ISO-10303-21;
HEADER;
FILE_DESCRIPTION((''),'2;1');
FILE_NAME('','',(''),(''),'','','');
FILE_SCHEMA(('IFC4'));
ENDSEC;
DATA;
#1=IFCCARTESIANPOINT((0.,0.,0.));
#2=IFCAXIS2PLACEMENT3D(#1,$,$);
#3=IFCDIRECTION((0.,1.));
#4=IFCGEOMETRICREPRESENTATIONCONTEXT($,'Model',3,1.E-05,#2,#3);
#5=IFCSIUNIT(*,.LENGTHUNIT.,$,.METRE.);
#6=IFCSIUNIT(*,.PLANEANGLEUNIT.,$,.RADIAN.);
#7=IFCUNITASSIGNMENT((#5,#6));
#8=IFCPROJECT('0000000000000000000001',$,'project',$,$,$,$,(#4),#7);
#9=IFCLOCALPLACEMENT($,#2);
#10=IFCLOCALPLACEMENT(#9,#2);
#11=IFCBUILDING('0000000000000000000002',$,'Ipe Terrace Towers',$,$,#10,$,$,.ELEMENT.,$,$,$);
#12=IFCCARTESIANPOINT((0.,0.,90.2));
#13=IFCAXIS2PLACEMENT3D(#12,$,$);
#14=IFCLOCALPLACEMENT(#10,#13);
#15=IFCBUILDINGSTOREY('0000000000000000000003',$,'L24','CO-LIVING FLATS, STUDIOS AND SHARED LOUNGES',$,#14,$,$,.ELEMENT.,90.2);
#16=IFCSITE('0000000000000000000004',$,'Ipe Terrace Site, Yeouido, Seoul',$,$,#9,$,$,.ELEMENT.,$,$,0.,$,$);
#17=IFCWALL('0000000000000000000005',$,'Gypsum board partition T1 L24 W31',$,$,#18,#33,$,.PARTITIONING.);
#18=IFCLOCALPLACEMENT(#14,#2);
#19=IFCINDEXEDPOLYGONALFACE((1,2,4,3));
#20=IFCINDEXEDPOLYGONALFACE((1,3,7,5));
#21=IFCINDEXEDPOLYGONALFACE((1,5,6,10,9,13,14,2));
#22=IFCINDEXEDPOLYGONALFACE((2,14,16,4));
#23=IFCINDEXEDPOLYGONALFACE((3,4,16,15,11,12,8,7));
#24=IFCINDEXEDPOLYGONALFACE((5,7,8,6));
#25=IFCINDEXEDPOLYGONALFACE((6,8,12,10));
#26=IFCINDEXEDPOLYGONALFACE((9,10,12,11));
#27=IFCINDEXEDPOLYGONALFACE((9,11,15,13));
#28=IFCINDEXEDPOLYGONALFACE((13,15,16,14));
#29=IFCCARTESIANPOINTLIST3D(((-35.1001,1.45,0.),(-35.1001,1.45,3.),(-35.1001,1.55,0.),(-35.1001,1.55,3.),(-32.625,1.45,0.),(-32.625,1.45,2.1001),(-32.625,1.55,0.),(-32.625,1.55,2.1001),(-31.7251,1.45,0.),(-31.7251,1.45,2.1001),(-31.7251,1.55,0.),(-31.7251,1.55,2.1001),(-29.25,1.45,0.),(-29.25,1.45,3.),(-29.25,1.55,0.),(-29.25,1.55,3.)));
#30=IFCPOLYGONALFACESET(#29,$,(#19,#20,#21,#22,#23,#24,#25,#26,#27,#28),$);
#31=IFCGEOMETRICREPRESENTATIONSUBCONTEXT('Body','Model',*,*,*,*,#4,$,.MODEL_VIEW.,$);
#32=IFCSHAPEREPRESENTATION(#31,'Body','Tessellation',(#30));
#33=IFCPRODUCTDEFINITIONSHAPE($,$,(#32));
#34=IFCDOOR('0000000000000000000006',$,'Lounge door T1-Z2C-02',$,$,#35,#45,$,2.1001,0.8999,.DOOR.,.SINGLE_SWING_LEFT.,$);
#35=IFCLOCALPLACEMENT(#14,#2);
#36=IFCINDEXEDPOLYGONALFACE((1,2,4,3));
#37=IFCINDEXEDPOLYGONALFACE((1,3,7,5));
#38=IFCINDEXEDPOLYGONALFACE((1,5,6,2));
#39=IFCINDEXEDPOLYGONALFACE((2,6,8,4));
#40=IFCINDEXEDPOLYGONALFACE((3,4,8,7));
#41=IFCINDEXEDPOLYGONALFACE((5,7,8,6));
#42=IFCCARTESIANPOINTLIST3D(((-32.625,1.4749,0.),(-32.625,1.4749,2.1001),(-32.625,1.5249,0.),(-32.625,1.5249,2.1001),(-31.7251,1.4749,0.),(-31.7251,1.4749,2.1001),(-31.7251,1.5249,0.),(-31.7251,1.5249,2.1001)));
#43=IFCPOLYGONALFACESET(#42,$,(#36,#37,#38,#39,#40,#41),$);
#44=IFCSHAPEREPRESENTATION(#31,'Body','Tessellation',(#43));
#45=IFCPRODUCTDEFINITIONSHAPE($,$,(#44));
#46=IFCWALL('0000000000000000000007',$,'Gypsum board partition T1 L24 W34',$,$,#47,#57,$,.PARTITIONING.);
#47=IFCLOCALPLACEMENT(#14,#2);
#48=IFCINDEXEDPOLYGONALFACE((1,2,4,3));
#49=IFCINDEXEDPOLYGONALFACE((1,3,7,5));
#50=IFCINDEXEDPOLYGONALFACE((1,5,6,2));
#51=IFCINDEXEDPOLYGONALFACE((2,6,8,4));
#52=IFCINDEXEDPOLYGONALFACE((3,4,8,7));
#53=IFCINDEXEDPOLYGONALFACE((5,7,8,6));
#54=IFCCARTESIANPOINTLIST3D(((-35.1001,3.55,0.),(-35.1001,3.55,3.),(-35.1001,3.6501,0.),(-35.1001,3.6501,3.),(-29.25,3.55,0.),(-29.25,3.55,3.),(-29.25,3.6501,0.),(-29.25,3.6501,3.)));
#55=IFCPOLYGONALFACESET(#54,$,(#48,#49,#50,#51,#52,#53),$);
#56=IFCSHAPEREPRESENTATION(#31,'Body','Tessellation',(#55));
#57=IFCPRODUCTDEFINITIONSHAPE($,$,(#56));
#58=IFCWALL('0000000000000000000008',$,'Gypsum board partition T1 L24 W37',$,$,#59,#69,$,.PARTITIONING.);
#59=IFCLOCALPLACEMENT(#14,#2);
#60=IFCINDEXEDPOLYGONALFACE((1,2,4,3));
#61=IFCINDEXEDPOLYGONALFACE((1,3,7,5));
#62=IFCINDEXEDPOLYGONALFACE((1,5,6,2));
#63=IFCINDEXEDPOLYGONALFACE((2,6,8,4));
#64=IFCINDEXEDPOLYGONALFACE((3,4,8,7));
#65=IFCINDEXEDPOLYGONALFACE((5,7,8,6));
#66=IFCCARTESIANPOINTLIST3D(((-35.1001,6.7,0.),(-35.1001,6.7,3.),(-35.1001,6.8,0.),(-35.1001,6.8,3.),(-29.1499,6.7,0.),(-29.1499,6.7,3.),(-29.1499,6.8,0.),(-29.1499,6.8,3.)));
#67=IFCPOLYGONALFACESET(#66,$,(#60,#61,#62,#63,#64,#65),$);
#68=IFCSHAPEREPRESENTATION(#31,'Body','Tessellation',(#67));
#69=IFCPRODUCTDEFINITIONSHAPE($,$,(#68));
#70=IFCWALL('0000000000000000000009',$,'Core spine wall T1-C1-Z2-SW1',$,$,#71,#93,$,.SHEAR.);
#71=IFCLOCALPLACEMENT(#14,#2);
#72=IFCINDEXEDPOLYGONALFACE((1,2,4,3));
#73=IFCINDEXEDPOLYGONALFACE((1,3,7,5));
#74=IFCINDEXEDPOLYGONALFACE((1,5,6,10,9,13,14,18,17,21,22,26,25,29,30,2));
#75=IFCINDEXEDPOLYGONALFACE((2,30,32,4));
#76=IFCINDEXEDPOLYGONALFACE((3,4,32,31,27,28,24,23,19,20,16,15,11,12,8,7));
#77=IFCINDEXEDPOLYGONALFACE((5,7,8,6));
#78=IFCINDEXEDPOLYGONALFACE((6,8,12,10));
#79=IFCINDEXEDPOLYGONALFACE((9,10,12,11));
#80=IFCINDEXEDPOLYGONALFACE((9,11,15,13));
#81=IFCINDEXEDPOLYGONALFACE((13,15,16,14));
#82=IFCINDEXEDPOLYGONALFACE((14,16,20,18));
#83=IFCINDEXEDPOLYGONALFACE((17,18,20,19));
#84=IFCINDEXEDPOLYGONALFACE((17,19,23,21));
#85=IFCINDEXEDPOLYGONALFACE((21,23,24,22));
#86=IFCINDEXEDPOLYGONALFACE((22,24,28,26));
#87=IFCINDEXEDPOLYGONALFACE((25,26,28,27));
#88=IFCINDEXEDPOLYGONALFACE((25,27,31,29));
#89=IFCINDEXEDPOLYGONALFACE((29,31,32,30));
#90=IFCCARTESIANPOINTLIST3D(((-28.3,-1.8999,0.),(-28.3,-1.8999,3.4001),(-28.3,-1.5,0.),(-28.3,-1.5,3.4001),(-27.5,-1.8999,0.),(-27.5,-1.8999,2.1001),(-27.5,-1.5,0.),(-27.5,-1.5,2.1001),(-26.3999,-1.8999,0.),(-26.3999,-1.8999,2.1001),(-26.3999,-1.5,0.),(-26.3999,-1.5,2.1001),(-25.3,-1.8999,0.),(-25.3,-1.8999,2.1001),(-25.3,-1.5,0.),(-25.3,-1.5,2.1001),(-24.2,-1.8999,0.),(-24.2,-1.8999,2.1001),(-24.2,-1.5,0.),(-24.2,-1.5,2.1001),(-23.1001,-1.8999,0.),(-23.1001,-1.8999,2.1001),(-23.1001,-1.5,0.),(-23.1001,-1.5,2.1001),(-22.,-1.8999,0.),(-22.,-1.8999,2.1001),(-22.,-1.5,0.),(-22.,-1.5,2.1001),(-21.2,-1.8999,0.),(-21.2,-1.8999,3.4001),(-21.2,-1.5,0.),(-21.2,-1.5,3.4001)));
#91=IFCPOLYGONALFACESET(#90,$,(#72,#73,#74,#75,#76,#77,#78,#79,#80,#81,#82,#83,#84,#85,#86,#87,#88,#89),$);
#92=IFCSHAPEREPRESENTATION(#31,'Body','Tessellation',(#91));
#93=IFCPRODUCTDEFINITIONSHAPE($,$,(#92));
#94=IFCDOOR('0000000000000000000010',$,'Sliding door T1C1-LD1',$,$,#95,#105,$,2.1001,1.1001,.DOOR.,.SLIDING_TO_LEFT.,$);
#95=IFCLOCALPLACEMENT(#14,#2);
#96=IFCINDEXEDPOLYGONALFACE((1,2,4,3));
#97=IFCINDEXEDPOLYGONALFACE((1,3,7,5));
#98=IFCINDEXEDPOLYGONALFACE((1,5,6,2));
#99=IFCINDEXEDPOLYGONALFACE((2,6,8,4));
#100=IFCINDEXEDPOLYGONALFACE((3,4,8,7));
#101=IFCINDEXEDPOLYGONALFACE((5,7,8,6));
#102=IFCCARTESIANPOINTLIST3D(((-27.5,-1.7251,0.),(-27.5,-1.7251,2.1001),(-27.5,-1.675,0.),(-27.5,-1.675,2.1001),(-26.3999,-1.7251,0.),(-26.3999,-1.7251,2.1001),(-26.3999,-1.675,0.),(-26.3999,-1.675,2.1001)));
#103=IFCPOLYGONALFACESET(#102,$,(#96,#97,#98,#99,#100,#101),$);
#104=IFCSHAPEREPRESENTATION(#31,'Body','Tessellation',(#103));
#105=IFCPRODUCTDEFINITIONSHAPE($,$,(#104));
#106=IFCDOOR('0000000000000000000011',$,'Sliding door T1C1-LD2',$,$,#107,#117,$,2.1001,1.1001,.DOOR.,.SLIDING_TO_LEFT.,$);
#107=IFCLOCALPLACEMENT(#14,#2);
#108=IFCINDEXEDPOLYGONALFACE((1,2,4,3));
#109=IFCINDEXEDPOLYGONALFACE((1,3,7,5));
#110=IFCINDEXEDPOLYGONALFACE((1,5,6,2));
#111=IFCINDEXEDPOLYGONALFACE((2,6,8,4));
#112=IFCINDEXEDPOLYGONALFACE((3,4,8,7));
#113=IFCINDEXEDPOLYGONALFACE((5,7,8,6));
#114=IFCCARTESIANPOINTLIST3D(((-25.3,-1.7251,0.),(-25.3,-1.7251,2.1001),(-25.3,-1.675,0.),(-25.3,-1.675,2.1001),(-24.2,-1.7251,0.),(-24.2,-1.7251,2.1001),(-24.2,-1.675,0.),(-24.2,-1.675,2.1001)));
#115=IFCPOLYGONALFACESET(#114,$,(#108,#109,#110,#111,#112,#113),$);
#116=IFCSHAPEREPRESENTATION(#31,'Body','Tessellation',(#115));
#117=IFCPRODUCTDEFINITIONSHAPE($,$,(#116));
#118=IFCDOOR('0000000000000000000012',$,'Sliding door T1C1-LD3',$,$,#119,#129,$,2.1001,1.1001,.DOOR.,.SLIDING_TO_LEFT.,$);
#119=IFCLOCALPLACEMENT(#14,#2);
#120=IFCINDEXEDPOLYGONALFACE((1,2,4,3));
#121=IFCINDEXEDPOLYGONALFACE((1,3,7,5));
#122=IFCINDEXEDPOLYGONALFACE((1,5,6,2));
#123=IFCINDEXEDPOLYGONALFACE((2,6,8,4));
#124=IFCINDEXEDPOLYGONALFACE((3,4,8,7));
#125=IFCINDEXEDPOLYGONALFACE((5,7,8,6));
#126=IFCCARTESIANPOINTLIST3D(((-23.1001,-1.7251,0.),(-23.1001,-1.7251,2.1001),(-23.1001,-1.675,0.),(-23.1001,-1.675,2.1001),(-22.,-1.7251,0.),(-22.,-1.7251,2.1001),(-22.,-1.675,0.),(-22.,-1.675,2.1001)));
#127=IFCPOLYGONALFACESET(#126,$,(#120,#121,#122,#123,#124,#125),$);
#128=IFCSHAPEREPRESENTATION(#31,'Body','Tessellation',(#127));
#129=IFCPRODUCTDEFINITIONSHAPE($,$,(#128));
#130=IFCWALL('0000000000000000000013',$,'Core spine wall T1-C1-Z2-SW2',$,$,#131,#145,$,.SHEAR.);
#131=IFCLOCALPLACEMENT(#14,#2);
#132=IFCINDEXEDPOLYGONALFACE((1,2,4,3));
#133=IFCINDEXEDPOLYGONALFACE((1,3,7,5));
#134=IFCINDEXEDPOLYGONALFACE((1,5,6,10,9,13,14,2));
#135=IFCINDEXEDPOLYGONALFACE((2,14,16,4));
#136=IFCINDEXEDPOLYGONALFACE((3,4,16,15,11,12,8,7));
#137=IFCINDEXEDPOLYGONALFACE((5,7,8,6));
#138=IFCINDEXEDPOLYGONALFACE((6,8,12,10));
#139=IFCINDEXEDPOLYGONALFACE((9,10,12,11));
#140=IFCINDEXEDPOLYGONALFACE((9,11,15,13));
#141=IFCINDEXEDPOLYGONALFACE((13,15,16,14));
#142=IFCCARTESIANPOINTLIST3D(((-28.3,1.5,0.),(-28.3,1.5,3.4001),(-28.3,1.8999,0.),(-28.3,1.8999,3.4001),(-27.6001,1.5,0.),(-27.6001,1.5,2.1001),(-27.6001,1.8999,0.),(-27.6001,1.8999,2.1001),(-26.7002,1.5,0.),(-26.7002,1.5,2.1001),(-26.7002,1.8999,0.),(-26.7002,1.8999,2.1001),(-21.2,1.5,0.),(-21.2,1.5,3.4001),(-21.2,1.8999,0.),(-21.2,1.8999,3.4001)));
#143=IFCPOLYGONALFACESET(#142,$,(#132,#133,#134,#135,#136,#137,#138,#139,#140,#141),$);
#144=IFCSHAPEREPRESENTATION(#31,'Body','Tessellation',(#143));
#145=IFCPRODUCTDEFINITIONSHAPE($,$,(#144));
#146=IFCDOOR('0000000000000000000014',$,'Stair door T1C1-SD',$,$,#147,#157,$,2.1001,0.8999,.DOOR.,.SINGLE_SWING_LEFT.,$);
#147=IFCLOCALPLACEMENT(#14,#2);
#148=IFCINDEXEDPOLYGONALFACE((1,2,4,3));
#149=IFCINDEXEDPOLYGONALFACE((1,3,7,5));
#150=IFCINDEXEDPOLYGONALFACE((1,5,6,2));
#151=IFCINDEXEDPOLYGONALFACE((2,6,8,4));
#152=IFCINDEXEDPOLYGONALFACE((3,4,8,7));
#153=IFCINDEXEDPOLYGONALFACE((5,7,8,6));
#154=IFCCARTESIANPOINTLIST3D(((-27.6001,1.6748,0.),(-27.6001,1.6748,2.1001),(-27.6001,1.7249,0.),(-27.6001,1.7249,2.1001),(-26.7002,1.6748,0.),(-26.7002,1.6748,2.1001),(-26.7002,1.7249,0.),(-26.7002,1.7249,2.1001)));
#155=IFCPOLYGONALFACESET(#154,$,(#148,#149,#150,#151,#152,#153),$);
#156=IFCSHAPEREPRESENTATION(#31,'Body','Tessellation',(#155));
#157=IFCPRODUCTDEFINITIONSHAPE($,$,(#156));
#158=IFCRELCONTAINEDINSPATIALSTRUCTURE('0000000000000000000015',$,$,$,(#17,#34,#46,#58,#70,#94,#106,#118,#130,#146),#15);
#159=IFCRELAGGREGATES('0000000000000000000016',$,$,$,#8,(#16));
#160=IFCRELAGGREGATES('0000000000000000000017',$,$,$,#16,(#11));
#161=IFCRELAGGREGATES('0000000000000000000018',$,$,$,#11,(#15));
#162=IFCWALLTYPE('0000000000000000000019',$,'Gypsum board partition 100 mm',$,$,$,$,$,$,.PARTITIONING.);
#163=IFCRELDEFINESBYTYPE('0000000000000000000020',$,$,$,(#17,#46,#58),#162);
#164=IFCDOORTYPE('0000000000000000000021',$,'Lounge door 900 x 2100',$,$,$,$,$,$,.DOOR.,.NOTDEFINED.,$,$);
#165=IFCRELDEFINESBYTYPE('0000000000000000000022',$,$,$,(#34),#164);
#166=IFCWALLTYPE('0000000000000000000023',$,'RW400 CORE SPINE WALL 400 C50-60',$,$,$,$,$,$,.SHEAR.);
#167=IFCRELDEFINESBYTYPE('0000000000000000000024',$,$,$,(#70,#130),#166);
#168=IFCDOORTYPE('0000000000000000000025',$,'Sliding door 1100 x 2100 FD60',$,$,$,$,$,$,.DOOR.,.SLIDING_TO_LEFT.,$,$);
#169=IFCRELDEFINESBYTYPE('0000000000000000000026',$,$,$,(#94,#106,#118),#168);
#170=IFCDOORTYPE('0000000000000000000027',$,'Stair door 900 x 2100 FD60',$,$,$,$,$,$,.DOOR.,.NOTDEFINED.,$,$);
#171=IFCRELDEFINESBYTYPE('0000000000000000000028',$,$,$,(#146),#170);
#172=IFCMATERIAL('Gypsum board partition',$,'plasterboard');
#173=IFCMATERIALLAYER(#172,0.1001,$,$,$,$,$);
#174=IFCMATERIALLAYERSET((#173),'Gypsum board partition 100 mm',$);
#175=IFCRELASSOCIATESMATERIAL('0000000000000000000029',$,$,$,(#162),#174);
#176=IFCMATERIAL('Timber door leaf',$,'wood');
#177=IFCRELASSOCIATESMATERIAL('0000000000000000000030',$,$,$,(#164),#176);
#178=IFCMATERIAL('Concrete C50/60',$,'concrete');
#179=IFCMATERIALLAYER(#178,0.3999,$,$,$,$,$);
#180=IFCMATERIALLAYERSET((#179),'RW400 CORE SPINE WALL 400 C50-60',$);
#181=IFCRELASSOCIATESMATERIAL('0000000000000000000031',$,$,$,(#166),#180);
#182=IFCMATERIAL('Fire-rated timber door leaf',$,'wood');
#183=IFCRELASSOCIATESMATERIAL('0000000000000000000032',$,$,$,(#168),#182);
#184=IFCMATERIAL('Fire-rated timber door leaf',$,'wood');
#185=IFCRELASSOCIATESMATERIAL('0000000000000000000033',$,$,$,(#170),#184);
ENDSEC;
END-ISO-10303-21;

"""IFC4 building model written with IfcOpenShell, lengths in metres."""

from ifc_helpers import new_model, si_unit, direction, frame, frame_2d, origin, place, context, subcontext, project, spatial, rectangle, extrude, material, layer, layer_set, type_object, element, fill, save


model = new_model("IFC4")

# Units and contexts
model_context = context("Model", 3, precision=1e-05, world=origin(), true_north=direction((0.0, 1.0)))
body_context = subcontext(model_context, "Body", "Model", "MODEL_VIEW")
ifc_project = project(units=[si_unit("LENGTHUNIT", "METRE"), si_unit("PLANEANGLEUNIT", "RADIAN")], contexts=[model_context])

# Site, building, storey
site_placement = place(None, origin())
site = spatial("IfcSite", under=ifc_project, at=site_placement, Name="Ipe Terrace Site, Yeouido, Seoul", CompositionType="ELEMENT", RefElevation=0.0)
building_placement = place(site_placement, origin())
building = spatial("IfcBuilding", under=site, at=building_placement, Name="Ipe Terrace Towers", CompositionType="ELEMENT")
storey_placement = place(building_placement, frame((0.0, 0.0, 90.2)))
storey = spatial("IfcBuildingStorey", under=building, at=storey_placement, Name="L24", Description="CO-LIVING FLATS, STUDIOS AND SHARED LOUNGES", CompositionType="ELEMENT", Elevation=90.2)

# Shared definitions
ifc_material_1 = material(Name="Gypsum board partition", Category="plasterboard")
ifc_layer_1 = layer(ifc_material_1, 0.1001)
ifc_layer_set_1 = layer_set([ifc_layer_1], Name="Gypsum board partition 100 mm")
wall_type_1 = type_object("IfcWallType", Name="Gypsum board partition 100 mm", PredefinedType="PARTITIONING", material=ifc_layer_set_1)
ifc_material_2 = material(Name="Timber door leaf", Category="wood")
door_type_1 = type_object("IfcDoorType", Name="Lounge door 900 x 2100", OperationType="NOTDEFINED", PredefinedType="DOOR", material=ifc_material_2)

# Wall, opening, door
wall_1_placement = place(storey_placement, frame((-35.1001, 1.5, 0.0), z_axis=(0.0, 0.0, 1.0), x_axis=(1.0, 0.0, 0.0)))
wall_1 = element("IfcWall", 1, at=wall_1_placement, inside=storey, type_object=wall_type_1, Name="Gypsum board partition T1 L24 W31", PredefinedType="PARTITIONING", context=body_context, shape_type="SweptSolid", body=[
    extrude(rectangle(XDim=5.8501, YDim=0.1001, at=frame_2d((2.925, 0.0))), origin(), (0.0, 0.0, 1.0), 3.0),
])
opening_1_placement = place(wall_1_placement, frame((2.4751, 0.0, 0.0)))
opening_1 = element("IfcOpeningElement", 2, at=opening_1_placement, cuts=wall_1, PredefinedType="OPENING", context=body_context, shape_type="SweptSolid", body=[
    extrude(rectangle(XDim=0.8999, YDim=2.1001, at=frame_2d((0.45, 1.05))), frame((0.0, 0.0601, 0.0), z_axis=(0.0, -1.0, 0.0), x_axis=(1.0, 0.0, 0.0)), (0.0, 0.0, 1.0), 0.1201),
])
door_1_placement = place(opening_1_placement, origin())
door_1 = element("IfcDoor", 3, at=door_1_placement, inside=storey, type_object=door_type_1, Name="Lounge door T1-Z2C-02", OperationType="SINGLE_SWING_LEFT", OverallHeight=2.1001, OverallWidth=0.8999, PredefinedType="DOOR", context=body_context, shape_type="SweptSolid", body=[
    extrude(rectangle(XDim=0.8999, YDim=2.1001, at=frame_2d((0.45, 1.05))), frame((0.0, 0.0249, 0.0), z_axis=(0.0, -1.0, 0.0), x_axis=(1.0, 0.0, 0.0)), (0.0, 0.0, 1.0), 0.05),
])
fill(opening_1, door_1)

# Walls
wall_2_placement = place(storey_placement, frame((-35.1001, 3.6001, 0.0), z_axis=(0.0, 0.0, 1.0), x_axis=(1.0, 0.0, 0.0)))
element("IfcWall", 4, at=wall_2_placement, inside=storey, type_object=wall_type_1, Name="Gypsum board partition T1 L24 W34", PredefinedType="PARTITIONING", context=body_context, shape_type="SweptSolid", body=[
    extrude(rectangle(XDim=5.8501, YDim=0.1001, at=frame_2d((2.925, 0.0))), origin(), (0.0, 0.0, 1.0), 3.0),
])
wall_3_placement = place(storey_placement, frame((-35.1001, 6.75, 0.0), z_axis=(0.0, 0.0, 1.0), x_axis=(1.0, 0.0, 0.0)))
element("IfcWall", 5, at=wall_3_placement, inside=storey, type_object=wall_type_1, Name="Gypsum board partition T1 L24 W37", PredefinedType="PARTITIONING", context=body_context, shape_type="SweptSolid", body=[
    extrude(rectangle(XDim=5.9502, YDim=0.1001, at=frame_2d((2.9751, 0.0))), origin(), (0.0, 0.0, 1.0), 3.0),
])

# Wall, openings, doors
ifc_material_3 = material(Name="Concrete C50/60", Category="concrete")
ifc_layer_2 = layer(ifc_material_3, 0.3999)
ifc_layer_set_2 = layer_set([ifc_layer_2], Name="RW400 CORE SPINE WALL 400 C50-60")
wall_type_2 = type_object("IfcWallType", Name="RW400 CORE SPINE WALL 400 C50-60", PredefinedType="SHEAR", material=ifc_layer_set_2)
wall_4_placement = place(storey_placement, frame((-28.3, -1.7, 0.0), z_axis=(0.0, 0.0, 1.0), x_axis=(1.0, 0.0, 0.0)))
wall_4 = element("IfcWall", 6, at=wall_4_placement, inside=storey, type_object=wall_type_2, Name="Core spine wall T1-C1-Z2-SW1", PredefinedType="SHEAR", context=body_context, shape_type="SweptSolid", body=[
    extrude(rectangle(XDim=7.1001, YDim=0.3999, at=frame_2d((3.55, 0.0))), origin(), (0.0, 0.0, 1.0), 3.4001),
])
opening_2_placement = place(wall_4_placement, frame((0.8, 0.0, 0.0)))
opening_2 = element("IfcOpeningElement", 7, at=opening_2_placement, cuts=wall_4, PredefinedType="OPENING", context=body_context, shape_type="SweptSolid", body=[
    extrude(rectangle(XDim=1.1001, YDim=2.1001, at=frame_2d((0.55, 1.05))), frame((0.0, 0.21, 0.0), z_axis=(0.0, -1.0, 0.0), x_axis=(1.0, 0.0, 0.0)), (0.0, 0.0, 1.0), 0.4199),
])
opening_3_placement = place(wall_4_placement, frame((3.0, 0.0, 0.0)))
opening_3 = element("IfcOpeningElement", 8, at=opening_3_placement, cuts=wall_4, PredefinedType="OPENING", context=body_context, shape_type="SweptSolid", body=[
    extrude(rectangle(XDim=1.1001, YDim=2.1001, at=frame_2d((0.55, 1.05))), frame((0.0, 0.21, 0.0), z_axis=(0.0, -1.0, 0.0), x_axis=(1.0, 0.0, 0.0)), (0.0, 0.0, 1.0), 0.4199),
])
opening_4_placement = place(wall_4_placement, frame((5.2, 0.0, 0.0)))
opening_4 = element("IfcOpeningElement", 9, at=opening_4_placement, cuts=wall_4, PredefinedType="OPENING", context=body_context, shape_type="SweptSolid", body=[
    extrude(rectangle(XDim=1.1001, YDim=2.1001, at=frame_2d((0.55, 1.05))), frame((0.0, 0.21, 0.0), z_axis=(0.0, -1.0, 0.0), x_axis=(1.0, 0.0, 0.0)), (0.0, 0.0, 1.0), 0.4199),
])
ifc_material_4 = material(Name="Fire-rated timber door leaf", Category="wood")
door_type_2 = type_object("IfcDoorType", Name="Sliding door 1100 x 2100 FD60", OperationType="SLIDING_TO_LEFT", PredefinedType="DOOR", material=ifc_material_4)
door_2_placement = place(opening_2_placement, origin())
door_2 = element("IfcDoor", 10, at=door_2_placement, inside=storey, type_object=door_type_2, Name="Sliding door T1C1-LD1", OperationType="SLIDING_TO_LEFT", OverallHeight=2.1001, OverallWidth=1.1001, PredefinedType="DOOR", context=body_context, shape_type="SweptSolid", body=[
    extrude(rectangle(XDim=1.1001, YDim=2.1001, at=frame_2d((0.55, 1.05))), frame((0.0, 0.0249, 0.0), z_axis=(0.0, -1.0, 0.0), x_axis=(1.0, 0.0, 0.0)), (0.0, 0.0, 1.0), 0.05),
])
fill(opening_2, door_2)
door_3_placement = place(opening_3_placement, origin())
door_3 = element("IfcDoor", 11, at=door_3_placement, inside=storey, type_object=door_type_2, Name="Sliding door T1C1-LD2", OperationType="SLIDING_TO_LEFT", OverallHeight=2.1001, OverallWidth=1.1001, PredefinedType="DOOR", context=body_context, shape_type="SweptSolid", body=[
    extrude(rectangle(XDim=1.1001, YDim=2.1001, at=frame_2d((0.55, 1.05))), frame((0.0, 0.0249, 0.0), z_axis=(0.0, -1.0, 0.0), x_axis=(1.0, 0.0, 0.0)), (0.0, 0.0, 1.0), 0.05),
])
fill(opening_3, door_3)
door_4_placement = place(opening_4_placement, origin())
door_4 = element("IfcDoor", 12, at=door_4_placement, inside=storey, type_object=door_type_2, Name="Sliding door T1C1-LD3", OperationType="SLIDING_TO_LEFT", OverallHeight=2.1001, OverallWidth=1.1001, PredefinedType="DOOR", context=body_context, shape_type="SweptSolid", body=[
    extrude(rectangle(XDim=1.1001, YDim=2.1001, at=frame_2d((0.55, 1.05))), frame((0.0, 0.0249, 0.0), z_axis=(0.0, -1.0, 0.0), x_axis=(1.0, 0.0, 0.0)), (0.0, 0.0, 1.0), 0.05),
])
fill(opening_4, door_4)

# Wall, opening, door
wall_5_placement = place(storey_placement, frame((-28.3, 1.7, 0.0), z_axis=(0.0, 0.0, 1.0), x_axis=(1.0, 0.0, 0.0)))
wall_5 = element("IfcWall", 13, at=wall_5_placement, inside=storey, type_object=wall_type_2, Name="Core spine wall T1-C1-Z2-SW2", PredefinedType="SHEAR", context=body_context, shape_type="SweptSolid", body=[
    extrude(rectangle(XDim=7.1001, YDim=0.3999, at=frame_2d((3.55, 0.0))), origin(), (0.0, 0.0, 1.0), 3.4001),
])
opening_5_placement = place(wall_5_placement, frame((0.7, 0.0, 0.0)))
opening_5 = element("IfcOpeningElement", 14, at=opening_5_placement, cuts=wall_5, PredefinedType="OPENING", context=body_context, shape_type="SweptSolid", body=[
    extrude(rectangle(XDim=0.8999, YDim=2.1001, at=frame_2d((0.45, 1.05))), frame((0.0, 0.21, 0.0), z_axis=(0.0, -1.0, 0.0), x_axis=(1.0, 0.0, 0.0)), (0.0, 0.0, 1.0), 0.4199),
])
ifc_material_5 = material(Name="Fire-rated timber door leaf", Category="wood")
door_type_3 = type_object("IfcDoorType", Name="Stair door 900 x 2100 FD60", OperationType="NOTDEFINED", PredefinedType="DOOR", material=ifc_material_5)
door_5_placement = place(opening_5_placement, origin())
door_5 = element("IfcDoor", 15, at=door_5_placement, inside=storey, type_object=door_type_3, Name="Stair door T1C1-SD", OperationType="SINGLE_SWING_LEFT", OverallHeight=2.1001, OverallWidth=0.8999, PredefinedType="DOOR", context=body_context, shape_type="SweptSolid", body=[
    extrude(rectangle(XDim=0.8999, YDim=2.1001, at=frame_2d((0.45, 1.05))), frame((0.0, 0.0249, 0.0), z_axis=(0.0, -1.0, 0.0), x_axis=(1.0, 0.0, 0.0)), (0.0, 0.0, 1.0), 0.05),
])
fill(opening_5, door_5)

save(model, "model.ifc")
